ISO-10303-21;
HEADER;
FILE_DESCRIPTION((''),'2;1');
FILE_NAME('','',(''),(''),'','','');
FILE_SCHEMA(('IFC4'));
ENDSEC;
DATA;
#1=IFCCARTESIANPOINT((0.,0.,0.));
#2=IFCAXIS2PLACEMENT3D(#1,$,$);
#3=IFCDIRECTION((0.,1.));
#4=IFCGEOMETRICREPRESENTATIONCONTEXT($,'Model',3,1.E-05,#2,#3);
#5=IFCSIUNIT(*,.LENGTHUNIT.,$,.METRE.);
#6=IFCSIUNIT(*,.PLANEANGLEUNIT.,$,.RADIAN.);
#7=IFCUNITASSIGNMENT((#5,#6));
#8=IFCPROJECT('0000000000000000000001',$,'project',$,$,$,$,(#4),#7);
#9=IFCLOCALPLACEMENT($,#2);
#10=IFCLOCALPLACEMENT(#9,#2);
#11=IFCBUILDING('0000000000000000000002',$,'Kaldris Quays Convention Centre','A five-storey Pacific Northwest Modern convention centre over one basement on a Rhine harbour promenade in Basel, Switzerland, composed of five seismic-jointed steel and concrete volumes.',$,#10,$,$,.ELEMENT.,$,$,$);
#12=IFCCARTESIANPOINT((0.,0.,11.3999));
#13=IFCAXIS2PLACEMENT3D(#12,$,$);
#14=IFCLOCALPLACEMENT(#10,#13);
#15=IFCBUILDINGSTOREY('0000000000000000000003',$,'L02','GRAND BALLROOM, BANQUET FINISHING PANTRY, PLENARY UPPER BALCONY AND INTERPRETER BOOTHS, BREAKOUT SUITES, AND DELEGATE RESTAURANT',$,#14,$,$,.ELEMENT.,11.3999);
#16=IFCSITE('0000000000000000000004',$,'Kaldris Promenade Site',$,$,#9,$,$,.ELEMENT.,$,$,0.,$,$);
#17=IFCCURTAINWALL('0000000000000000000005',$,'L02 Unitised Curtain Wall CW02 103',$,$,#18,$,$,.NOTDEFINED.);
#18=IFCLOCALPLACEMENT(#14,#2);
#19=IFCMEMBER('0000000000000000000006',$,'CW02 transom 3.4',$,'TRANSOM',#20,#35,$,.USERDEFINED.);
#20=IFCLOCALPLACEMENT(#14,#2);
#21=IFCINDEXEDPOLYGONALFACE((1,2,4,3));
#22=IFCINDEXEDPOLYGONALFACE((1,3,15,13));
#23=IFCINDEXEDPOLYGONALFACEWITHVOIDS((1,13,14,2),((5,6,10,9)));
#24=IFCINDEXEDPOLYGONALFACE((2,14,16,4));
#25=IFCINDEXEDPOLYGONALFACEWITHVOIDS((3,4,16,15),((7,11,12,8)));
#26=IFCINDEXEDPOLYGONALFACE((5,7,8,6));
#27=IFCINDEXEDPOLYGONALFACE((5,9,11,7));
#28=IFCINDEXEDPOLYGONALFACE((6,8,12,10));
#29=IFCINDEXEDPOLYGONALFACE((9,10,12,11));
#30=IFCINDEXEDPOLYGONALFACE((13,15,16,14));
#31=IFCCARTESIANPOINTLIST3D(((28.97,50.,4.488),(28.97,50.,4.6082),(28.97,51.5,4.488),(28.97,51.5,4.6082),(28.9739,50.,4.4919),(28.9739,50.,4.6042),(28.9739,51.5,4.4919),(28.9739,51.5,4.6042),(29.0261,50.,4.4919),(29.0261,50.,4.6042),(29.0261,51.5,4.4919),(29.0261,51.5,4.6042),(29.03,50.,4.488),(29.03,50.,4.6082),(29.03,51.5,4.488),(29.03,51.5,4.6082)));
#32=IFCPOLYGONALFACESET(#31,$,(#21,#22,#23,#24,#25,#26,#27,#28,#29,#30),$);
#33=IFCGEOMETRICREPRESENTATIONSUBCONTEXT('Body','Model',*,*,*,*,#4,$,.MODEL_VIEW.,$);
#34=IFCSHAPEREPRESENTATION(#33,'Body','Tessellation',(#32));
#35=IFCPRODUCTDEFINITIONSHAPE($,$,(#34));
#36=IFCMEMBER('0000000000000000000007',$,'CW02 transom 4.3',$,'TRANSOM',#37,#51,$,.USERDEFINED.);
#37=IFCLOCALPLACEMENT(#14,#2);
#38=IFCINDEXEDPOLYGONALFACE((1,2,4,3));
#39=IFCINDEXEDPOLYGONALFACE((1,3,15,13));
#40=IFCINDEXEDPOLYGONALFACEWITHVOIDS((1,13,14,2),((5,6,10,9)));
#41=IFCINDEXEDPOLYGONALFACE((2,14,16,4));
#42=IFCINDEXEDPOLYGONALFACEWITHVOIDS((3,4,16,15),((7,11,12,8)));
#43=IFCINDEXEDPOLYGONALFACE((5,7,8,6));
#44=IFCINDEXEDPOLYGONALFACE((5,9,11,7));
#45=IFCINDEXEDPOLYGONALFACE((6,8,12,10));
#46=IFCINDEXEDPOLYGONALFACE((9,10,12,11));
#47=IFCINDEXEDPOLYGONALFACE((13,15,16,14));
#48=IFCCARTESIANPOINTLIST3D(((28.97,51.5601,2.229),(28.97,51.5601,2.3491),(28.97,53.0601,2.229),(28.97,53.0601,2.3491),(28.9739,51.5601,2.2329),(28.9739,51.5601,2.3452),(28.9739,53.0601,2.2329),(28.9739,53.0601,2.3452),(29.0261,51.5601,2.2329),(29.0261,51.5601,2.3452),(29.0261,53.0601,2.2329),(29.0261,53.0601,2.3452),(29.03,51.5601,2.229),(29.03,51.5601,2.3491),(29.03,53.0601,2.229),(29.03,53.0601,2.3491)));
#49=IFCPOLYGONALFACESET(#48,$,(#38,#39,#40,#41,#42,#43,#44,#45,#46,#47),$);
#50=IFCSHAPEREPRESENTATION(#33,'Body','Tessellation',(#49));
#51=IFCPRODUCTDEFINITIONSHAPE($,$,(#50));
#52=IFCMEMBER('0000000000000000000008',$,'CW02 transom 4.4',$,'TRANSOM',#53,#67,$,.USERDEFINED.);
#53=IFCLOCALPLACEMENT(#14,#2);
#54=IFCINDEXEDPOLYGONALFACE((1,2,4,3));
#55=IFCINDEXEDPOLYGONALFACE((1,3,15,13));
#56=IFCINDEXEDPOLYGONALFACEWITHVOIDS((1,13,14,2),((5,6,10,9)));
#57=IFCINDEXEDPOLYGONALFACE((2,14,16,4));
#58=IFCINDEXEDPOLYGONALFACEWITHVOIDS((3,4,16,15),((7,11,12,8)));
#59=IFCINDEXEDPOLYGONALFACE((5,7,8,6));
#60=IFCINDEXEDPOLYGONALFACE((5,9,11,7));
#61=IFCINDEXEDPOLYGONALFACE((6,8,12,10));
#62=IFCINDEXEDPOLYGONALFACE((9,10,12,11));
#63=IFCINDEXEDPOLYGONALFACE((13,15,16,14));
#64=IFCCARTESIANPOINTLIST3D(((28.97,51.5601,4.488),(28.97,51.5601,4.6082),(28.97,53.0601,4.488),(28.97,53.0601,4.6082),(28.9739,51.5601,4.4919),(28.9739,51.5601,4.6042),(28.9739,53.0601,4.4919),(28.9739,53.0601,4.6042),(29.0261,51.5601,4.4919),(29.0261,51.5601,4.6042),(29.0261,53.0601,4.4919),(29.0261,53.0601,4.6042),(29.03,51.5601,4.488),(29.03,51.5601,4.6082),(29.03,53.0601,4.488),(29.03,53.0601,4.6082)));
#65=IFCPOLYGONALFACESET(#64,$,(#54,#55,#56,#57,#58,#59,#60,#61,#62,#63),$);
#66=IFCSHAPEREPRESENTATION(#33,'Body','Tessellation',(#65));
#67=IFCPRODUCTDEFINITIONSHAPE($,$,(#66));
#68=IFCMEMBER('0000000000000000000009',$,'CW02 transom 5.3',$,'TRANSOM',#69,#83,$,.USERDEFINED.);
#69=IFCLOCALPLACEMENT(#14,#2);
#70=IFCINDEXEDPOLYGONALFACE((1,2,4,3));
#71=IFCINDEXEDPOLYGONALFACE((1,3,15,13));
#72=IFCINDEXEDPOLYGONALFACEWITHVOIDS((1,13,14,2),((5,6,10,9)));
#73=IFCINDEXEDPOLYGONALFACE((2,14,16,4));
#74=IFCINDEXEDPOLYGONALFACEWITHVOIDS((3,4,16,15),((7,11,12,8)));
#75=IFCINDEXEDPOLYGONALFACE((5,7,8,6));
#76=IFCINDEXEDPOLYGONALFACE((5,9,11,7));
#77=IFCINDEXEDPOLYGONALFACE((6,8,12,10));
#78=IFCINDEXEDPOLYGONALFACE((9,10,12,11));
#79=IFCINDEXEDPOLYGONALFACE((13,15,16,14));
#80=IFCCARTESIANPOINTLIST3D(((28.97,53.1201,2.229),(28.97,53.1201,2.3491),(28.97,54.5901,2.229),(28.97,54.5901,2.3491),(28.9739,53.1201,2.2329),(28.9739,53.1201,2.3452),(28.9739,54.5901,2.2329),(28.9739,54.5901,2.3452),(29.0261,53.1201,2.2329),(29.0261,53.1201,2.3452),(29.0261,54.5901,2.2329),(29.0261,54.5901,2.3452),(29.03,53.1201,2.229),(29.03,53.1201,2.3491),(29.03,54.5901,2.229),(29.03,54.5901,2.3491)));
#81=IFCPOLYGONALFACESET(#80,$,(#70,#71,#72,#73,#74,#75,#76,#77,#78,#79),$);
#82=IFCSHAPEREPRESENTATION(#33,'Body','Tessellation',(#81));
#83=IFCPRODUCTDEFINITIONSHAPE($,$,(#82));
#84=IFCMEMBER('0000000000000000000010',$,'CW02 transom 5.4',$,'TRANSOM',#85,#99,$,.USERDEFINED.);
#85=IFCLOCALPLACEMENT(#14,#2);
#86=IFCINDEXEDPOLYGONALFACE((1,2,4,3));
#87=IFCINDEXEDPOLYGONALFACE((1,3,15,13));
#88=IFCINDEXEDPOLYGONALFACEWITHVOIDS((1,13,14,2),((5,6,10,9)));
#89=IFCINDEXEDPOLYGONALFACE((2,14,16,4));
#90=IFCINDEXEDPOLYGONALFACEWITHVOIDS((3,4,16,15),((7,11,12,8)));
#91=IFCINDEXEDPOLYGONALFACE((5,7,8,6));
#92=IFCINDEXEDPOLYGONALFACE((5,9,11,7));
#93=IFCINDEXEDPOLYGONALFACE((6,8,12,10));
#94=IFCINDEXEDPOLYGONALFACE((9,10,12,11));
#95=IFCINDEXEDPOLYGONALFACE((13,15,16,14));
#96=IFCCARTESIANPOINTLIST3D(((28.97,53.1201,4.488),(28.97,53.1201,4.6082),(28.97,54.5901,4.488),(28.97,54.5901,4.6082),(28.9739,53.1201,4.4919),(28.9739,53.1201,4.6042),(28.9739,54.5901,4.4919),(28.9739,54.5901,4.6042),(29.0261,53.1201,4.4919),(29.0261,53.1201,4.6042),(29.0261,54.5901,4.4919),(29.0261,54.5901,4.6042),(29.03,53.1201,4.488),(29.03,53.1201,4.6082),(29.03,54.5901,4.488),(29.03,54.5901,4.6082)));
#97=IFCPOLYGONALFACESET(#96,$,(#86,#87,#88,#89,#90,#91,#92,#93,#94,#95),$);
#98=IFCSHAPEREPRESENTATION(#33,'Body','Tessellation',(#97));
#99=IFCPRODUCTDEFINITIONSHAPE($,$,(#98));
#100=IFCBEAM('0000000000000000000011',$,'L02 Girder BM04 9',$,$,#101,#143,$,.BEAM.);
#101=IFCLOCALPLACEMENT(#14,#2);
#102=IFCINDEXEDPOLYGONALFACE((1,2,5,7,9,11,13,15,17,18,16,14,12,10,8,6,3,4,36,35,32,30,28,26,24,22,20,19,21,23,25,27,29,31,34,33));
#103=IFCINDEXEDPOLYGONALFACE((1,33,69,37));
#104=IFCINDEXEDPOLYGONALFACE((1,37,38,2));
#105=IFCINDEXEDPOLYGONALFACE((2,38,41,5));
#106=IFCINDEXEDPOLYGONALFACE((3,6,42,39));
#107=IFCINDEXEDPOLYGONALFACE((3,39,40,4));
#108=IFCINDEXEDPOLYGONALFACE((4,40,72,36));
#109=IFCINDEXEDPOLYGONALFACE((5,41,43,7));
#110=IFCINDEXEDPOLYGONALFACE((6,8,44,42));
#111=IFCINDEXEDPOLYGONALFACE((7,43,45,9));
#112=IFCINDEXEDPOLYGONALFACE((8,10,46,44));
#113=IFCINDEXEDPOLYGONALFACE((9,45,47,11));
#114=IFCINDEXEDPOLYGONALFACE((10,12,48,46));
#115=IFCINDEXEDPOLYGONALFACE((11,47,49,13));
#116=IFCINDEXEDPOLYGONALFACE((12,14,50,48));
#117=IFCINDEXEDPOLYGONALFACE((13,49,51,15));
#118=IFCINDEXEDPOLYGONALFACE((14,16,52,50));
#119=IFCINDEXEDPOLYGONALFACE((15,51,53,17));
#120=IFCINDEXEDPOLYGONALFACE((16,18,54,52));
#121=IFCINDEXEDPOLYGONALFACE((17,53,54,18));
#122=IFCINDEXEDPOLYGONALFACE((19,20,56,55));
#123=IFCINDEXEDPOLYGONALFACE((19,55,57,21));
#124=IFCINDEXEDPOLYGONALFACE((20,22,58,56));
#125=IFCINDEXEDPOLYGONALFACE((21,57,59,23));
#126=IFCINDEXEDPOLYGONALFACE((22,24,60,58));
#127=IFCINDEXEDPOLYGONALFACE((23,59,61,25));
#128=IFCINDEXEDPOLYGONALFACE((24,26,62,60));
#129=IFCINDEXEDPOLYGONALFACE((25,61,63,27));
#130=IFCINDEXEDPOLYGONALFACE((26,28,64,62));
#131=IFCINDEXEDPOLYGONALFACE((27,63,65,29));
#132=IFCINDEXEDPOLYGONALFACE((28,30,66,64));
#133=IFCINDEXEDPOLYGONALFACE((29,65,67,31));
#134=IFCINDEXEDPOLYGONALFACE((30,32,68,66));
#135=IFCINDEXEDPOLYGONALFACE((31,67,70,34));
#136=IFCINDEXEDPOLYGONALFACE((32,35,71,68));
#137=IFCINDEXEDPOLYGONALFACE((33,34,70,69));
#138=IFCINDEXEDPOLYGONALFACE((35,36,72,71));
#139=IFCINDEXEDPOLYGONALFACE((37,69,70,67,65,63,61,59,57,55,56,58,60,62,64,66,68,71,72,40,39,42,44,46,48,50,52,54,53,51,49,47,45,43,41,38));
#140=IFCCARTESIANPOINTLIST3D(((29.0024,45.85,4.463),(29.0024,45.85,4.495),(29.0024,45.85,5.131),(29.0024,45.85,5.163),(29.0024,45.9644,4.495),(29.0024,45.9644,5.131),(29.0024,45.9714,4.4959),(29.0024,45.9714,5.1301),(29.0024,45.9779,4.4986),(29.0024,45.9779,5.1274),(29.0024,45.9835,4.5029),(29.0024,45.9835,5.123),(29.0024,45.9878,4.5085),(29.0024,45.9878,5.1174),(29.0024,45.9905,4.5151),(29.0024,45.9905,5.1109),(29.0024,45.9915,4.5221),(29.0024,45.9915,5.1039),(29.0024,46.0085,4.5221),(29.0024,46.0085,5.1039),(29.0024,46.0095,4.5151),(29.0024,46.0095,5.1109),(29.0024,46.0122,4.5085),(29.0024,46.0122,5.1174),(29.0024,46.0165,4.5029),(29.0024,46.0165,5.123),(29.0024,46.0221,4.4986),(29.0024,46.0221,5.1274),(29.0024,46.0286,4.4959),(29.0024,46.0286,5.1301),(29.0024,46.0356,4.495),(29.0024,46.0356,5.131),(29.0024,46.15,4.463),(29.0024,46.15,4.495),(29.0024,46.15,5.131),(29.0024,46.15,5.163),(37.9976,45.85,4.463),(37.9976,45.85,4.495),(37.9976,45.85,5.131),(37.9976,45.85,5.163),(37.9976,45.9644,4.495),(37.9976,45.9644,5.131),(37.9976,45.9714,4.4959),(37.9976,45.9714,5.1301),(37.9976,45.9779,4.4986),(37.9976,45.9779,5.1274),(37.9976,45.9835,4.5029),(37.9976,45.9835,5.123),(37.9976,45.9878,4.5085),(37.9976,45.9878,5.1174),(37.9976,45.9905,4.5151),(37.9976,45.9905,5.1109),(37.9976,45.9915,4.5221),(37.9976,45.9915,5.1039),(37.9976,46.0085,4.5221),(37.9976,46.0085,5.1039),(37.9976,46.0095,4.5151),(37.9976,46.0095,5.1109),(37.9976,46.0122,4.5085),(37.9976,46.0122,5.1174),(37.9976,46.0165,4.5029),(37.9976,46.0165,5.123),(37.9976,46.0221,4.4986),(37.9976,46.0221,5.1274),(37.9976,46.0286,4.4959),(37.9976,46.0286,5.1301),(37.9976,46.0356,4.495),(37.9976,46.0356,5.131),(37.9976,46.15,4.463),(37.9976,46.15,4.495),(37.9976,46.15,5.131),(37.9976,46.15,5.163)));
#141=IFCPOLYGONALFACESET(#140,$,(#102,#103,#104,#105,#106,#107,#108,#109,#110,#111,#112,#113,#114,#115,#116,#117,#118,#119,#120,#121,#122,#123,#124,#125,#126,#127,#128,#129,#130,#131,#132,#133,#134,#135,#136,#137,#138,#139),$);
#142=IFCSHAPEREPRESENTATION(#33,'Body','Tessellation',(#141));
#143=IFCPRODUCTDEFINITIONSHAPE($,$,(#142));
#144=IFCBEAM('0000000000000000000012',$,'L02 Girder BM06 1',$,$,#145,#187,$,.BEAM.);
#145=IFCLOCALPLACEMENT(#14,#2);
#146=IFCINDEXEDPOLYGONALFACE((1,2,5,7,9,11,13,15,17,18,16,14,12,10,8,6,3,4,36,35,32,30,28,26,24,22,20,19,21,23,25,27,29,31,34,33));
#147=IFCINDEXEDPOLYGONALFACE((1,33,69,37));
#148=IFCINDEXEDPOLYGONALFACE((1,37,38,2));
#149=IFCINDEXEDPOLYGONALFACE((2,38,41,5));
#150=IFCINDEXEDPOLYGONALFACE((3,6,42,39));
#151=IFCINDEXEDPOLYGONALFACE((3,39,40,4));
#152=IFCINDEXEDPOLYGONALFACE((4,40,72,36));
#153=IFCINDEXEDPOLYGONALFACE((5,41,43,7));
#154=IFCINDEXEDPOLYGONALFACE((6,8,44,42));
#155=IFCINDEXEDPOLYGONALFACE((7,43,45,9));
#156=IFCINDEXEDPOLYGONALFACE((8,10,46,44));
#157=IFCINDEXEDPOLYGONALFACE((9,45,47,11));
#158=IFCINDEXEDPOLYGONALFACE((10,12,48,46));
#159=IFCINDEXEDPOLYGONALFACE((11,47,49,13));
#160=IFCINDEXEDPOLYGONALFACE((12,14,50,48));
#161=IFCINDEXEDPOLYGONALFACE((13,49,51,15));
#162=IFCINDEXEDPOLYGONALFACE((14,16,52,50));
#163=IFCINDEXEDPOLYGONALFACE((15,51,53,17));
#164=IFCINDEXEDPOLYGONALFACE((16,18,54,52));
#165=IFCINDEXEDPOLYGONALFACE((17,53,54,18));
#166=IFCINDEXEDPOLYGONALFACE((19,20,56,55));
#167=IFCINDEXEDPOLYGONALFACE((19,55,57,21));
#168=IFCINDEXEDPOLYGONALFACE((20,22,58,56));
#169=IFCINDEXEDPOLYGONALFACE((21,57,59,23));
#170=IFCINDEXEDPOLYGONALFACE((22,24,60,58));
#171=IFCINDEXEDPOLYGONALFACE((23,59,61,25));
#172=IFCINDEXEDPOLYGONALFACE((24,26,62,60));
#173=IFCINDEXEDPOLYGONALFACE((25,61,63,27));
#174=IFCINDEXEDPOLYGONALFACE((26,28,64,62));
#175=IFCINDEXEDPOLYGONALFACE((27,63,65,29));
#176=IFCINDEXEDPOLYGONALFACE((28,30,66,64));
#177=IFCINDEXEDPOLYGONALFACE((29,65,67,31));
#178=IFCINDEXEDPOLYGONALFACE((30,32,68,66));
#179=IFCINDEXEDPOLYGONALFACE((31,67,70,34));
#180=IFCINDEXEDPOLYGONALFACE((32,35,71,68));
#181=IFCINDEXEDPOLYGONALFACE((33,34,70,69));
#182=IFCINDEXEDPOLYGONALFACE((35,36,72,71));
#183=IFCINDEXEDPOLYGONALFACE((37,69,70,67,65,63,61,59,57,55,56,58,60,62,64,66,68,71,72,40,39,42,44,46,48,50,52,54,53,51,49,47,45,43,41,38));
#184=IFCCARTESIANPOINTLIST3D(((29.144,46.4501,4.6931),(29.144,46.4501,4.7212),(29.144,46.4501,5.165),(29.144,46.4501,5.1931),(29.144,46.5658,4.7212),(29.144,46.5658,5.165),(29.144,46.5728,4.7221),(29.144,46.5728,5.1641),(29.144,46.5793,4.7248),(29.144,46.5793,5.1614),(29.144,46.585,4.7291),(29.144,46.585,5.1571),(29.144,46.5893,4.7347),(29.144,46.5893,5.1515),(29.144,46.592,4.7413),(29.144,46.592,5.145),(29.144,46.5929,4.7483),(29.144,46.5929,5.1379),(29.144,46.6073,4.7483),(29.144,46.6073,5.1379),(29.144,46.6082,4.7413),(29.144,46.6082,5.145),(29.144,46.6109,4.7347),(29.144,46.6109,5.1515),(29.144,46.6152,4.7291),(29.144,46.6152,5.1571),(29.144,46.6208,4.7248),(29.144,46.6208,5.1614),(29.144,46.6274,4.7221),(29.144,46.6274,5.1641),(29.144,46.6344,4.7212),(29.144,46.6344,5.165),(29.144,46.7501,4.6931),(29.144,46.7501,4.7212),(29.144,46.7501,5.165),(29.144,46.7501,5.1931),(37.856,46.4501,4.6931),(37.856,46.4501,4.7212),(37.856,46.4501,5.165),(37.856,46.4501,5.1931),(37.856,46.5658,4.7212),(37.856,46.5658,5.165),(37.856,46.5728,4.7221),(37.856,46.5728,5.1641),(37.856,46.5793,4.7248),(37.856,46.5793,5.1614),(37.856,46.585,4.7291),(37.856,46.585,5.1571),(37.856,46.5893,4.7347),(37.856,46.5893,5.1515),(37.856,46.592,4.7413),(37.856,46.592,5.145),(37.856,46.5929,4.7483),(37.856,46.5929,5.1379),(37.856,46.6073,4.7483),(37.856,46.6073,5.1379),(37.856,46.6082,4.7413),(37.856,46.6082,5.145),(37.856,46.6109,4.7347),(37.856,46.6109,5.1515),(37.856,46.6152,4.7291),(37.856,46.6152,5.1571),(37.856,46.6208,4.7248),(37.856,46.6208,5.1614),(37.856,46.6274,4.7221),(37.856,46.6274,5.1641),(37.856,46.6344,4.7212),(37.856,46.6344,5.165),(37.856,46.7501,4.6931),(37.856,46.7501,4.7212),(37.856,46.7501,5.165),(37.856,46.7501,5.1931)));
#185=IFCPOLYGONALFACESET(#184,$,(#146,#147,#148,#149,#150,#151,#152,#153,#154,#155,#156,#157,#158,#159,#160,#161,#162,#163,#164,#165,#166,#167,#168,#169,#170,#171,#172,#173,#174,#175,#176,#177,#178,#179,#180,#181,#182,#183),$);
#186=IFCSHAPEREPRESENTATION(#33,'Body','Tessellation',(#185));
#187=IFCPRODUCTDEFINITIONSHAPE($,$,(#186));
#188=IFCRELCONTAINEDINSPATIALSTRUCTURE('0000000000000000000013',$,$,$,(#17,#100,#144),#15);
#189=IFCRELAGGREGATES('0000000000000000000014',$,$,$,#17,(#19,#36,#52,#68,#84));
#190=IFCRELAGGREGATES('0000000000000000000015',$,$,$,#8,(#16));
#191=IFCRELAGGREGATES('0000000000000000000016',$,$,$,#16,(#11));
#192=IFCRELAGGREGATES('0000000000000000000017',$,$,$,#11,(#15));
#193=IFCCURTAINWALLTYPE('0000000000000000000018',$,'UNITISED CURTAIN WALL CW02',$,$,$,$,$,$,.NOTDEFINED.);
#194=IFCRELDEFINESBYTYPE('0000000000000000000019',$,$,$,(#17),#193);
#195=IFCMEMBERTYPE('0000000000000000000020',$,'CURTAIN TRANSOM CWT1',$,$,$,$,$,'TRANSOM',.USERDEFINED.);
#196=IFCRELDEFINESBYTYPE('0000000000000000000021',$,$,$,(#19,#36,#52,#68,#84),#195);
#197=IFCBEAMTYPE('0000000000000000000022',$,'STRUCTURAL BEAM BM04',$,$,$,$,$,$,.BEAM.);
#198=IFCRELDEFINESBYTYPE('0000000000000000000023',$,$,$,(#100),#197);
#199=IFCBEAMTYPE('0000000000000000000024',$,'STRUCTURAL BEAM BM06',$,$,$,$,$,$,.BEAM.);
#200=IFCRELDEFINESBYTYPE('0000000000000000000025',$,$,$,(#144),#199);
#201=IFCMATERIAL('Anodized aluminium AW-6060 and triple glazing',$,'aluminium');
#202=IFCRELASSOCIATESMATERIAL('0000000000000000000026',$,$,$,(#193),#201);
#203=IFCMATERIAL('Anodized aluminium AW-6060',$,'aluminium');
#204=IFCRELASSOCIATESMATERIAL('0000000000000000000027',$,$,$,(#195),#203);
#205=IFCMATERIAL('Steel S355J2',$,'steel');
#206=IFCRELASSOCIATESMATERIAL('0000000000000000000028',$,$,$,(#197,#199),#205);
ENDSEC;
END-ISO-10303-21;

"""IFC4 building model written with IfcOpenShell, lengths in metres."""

from ifc_helpers import new_model, si_unit, direction, frame, origin, origin_2d, place, context, subcontext, project, spatial, hollow_rectangle, i_section, extrude, material, material_profile, profile_set, type_object, element, aggregate, save


model = new_model("IFC4")

# Units and contexts
model_context = context("Model", 3, precision=1e-05, world=origin(), true_north=direction((0.0, 1.0)))
body_context = subcontext(model_context, "Body", "Model", "MODEL_VIEW")
ifc_project = project(units=[si_unit("LENGTHUNIT", "METRE"), si_unit("PLANEANGLEUNIT", "RADIAN")], contexts=[model_context])

# Site, building, storey
site_placement = place(None, origin())
site = spatial("IfcSite", under=ifc_project, at=site_placement, Name="Kaldris Promenade Site", CompositionType="ELEMENT", RefElevation=0.0)
building_placement = place(site_placement, origin())
building = spatial("IfcBuilding", under=site, at=building_placement, Name="Kaldris Quays Convention Centre", Description="A five-storey Pacific Northwest Modern convention centre over one basement on a Rhine harbour promenade in Basel, Switzerland, composed of five seismic-jointed steel and concrete volumes.", CompositionType="ELEMENT")
storey_placement = place(building_placement, frame((0.0, 0.0, 11.3999)))
storey = spatial("IfcBuildingStorey", under=building, at=storey_placement, Name="L02", Description="GRAND BALLROOM, BANQUET FINISHING PANTRY, PLENARY UPPER BALCONY AND INTERPRETER BOOTHS, BREAKOUT SUITES, AND DELEGATE RESTAURANT", CompositionType="ELEMENT", Elevation=11.3999)

# Curtain wall, members
ifc_material_1 = material(Name="Anodized aluminium AW-6060 and triple glazing", Category="aluminium")
curtain_wall_type = type_object("IfcCurtainWallType", Name="UNITISED CURTAIN WALL CW02", PredefinedType="NOTDEFINED", material=ifc_material_1)
ifc_material_2 = material(Name="Anodized aluminium AW-6060", Category="aluminium")
ifc_material_profile_1 = material_profile(ifc_material_2, hollow_rectangle(XDim=0.0601, YDim=0.1201, WallThickness=0.0039, at=origin_2d()), Name="RHS 120x60x4")
ifc_profile_set_1 = profile_set([ifc_material_profile_1], Name="Anodized aluminium AW-6060")
member_type = type_object("IfcMemberType", Name="CURTAIN TRANSOM CWT1", ElementType="TRANSOM", PredefinedType="USERDEFINED", material=ifc_profile_set_1)
curtain_wall_1_placement = place(storey_placement, origin())
curtain_wall_1 = element("IfcCurtainWall", 1, at=curtain_wall_1_placement, inside=storey, type_object=curtain_wall_type, Name="L02 Unitised Curtain Wall CW02 103", PredefinedType="NOTDEFINED")
member_1_placement = place(storey_placement, frame((29.0, 50.0, 4.5481), z_axis=(0.0, 1.0, 0.0), x_axis=(-1.0, 0.0, 0.0)))
member_1 = element("IfcMember", 2, at=member_1_placement, type_object=member_type, Name="CW02 transom 3.4", ObjectType="TRANSOM", PredefinedType="USERDEFINED", context=body_context, shape_type="SweptSolid", body=[
    extrude(hollow_rectangle(XDim=0.0601, YDim=0.1201, WallThickness=0.0039, at=origin_2d()), origin(), (0.0, 0.0, 1.0), 1.5),
])
member_2_placement = place(storey_placement, frame((29.0, 51.5601, 2.2891), z_axis=(0.0, 1.0, 0.0), x_axis=(-1.0, 0.0, 0.0)))
member_2 = element("IfcMember", 3, at=member_2_placement, type_object=member_type, Name="CW02 transom 4.3", ObjectType="TRANSOM", PredefinedType="USERDEFINED", context=body_context, shape_type="SweptSolid", body=[
    extrude(hollow_rectangle(XDim=0.0601, YDim=0.1201, WallThickness=0.0039, at=origin_2d()), origin(), (0.0, 0.0, 1.0), 1.5),
])
member_3_placement = place(storey_placement, frame((29.0, 51.5601, 4.5481), z_axis=(0.0, 1.0, 0.0), x_axis=(-1.0, 0.0, 0.0)))
member_3 = element("IfcMember", 4, at=member_3_placement, type_object=member_type, Name="CW02 transom 4.4", ObjectType="TRANSOM", PredefinedType="USERDEFINED", context=body_context, shape_type="SweptSolid", body=[
    extrude(hollow_rectangle(XDim=0.0601, YDim=0.1201, WallThickness=0.0039, at=origin_2d()), origin(), (0.0, 0.0, 1.0), 1.5),
])
member_4_placement = place(storey_placement, frame((29.0, 53.1201, 2.2891), z_axis=(0.0, 1.0, 0.0), x_axis=(-1.0, 0.0, 0.0)))
member_4 = element("IfcMember", 5, at=member_4_placement, type_object=member_type, Name="CW02 transom 5.3", ObjectType="TRANSOM", PredefinedType="USERDEFINED", context=body_context, shape_type="SweptSolid", body=[
    extrude(hollow_rectangle(XDim=0.0601, YDim=0.1201, WallThickness=0.0039, at=origin_2d()), origin(), (0.0, 0.0, 1.0), 1.47),
])
member_5_placement = place(storey_placement, frame((29.0, 53.1201, 4.5481), z_axis=(0.0, 1.0, 0.0), x_axis=(-1.0, 0.0, 0.0)))
member_5 = element("IfcMember", 6, at=member_5_placement, type_object=member_type, Name="CW02 transom 5.4", ObjectType="TRANSOM", PredefinedType="USERDEFINED", context=body_context, shape_type="SweptSolid", body=[
    extrude(hollow_rectangle(XDim=0.0601, YDim=0.1201, WallThickness=0.0039, at=origin_2d()), origin(), (0.0, 0.0, 1.0), 1.47),
])

# Beams
ifc_material_3 = material(Name="Steel S355J2", Category="steel")
ifc_material_profile_2 = material_profile(ifc_material_3, i_section(OverallWidth=0.3, OverallDepth=0.7, WebThickness=0.0171, FlangeThickness=0.032, FilletRadius=0.0271, at=origin_2d()), Name="HEB 700")
ifc_profile_set_2 = profile_set([ifc_material_profile_2], Name="Steel S355J2")
beam_type_1 = type_object("IfcBeamType", Name="STRUCTURAL BEAM BM04", PredefinedType="BEAM", material=ifc_profile_set_2)
beam_1_placement = place(storey_placement, frame((29.0024, 46.0, 4.813), z_axis=(1.0, 0.0, 0.0), x_axis=(0.0, 1.0, 0.0)))
element("IfcBeam", 7, at=beam_1_placement, inside=storey, type_object=beam_type_1, Name="L02 Girder BM04 9", PredefinedType="BEAM", context=body_context, shape_type="SweptSolid", body=[
    extrude(i_section(OverallWidth=0.3, OverallDepth=0.7, WebThickness=0.0171, FlangeThickness=0.032, FilletRadius=0.0271, at=origin_2d()), origin(), (0.0, 0.0, 1.0), 8.9951),
])
ifc_material_profile_3 = material_profile(ifc_material_3, i_section(OverallWidth=0.3, OverallDepth=0.5, WebThickness=0.0144, FlangeThickness=0.0281, FilletRadius=0.0271, at=origin_2d()), Name="HEB 500")
ifc_profile_set_3 = profile_set([ifc_material_profile_3], Name="Steel S355J2")
beam_type_2 = type_object("IfcBeamType", Name="STRUCTURAL BEAM BM06", PredefinedType="BEAM", material=ifc_profile_set_3)
for number, where, z_axis, x_axis, name in (
    (8, (29.144, 46.6001, 4.9431), (1.0, 0.0, 0.0), (0.0, 1.0, 0.0), "L02 Girder BM06 1"),
):
    element("IfcBeam", number, at=place(storey_placement, frame(where, z_axis=z_axis, x_axis=x_axis)), inside=storey, type_object=beam_type_2, Name=name, PredefinedType="BEAM", context=body_context, shape_type="SweptSolid", body=[
        extrude(i_section(OverallWidth=0.3, OverallDepth=0.5, WebThickness=0.0144, FlangeThickness=0.0281, FilletRadius=0.0271, at=origin_2d()), origin(), (0.0, 0.0, 1.0), 8.7119),
    ])

aggregate(curtain_wall_1, [member_1, member_2, member_3, member_4, member_5])

save(model, "model.ifc")
